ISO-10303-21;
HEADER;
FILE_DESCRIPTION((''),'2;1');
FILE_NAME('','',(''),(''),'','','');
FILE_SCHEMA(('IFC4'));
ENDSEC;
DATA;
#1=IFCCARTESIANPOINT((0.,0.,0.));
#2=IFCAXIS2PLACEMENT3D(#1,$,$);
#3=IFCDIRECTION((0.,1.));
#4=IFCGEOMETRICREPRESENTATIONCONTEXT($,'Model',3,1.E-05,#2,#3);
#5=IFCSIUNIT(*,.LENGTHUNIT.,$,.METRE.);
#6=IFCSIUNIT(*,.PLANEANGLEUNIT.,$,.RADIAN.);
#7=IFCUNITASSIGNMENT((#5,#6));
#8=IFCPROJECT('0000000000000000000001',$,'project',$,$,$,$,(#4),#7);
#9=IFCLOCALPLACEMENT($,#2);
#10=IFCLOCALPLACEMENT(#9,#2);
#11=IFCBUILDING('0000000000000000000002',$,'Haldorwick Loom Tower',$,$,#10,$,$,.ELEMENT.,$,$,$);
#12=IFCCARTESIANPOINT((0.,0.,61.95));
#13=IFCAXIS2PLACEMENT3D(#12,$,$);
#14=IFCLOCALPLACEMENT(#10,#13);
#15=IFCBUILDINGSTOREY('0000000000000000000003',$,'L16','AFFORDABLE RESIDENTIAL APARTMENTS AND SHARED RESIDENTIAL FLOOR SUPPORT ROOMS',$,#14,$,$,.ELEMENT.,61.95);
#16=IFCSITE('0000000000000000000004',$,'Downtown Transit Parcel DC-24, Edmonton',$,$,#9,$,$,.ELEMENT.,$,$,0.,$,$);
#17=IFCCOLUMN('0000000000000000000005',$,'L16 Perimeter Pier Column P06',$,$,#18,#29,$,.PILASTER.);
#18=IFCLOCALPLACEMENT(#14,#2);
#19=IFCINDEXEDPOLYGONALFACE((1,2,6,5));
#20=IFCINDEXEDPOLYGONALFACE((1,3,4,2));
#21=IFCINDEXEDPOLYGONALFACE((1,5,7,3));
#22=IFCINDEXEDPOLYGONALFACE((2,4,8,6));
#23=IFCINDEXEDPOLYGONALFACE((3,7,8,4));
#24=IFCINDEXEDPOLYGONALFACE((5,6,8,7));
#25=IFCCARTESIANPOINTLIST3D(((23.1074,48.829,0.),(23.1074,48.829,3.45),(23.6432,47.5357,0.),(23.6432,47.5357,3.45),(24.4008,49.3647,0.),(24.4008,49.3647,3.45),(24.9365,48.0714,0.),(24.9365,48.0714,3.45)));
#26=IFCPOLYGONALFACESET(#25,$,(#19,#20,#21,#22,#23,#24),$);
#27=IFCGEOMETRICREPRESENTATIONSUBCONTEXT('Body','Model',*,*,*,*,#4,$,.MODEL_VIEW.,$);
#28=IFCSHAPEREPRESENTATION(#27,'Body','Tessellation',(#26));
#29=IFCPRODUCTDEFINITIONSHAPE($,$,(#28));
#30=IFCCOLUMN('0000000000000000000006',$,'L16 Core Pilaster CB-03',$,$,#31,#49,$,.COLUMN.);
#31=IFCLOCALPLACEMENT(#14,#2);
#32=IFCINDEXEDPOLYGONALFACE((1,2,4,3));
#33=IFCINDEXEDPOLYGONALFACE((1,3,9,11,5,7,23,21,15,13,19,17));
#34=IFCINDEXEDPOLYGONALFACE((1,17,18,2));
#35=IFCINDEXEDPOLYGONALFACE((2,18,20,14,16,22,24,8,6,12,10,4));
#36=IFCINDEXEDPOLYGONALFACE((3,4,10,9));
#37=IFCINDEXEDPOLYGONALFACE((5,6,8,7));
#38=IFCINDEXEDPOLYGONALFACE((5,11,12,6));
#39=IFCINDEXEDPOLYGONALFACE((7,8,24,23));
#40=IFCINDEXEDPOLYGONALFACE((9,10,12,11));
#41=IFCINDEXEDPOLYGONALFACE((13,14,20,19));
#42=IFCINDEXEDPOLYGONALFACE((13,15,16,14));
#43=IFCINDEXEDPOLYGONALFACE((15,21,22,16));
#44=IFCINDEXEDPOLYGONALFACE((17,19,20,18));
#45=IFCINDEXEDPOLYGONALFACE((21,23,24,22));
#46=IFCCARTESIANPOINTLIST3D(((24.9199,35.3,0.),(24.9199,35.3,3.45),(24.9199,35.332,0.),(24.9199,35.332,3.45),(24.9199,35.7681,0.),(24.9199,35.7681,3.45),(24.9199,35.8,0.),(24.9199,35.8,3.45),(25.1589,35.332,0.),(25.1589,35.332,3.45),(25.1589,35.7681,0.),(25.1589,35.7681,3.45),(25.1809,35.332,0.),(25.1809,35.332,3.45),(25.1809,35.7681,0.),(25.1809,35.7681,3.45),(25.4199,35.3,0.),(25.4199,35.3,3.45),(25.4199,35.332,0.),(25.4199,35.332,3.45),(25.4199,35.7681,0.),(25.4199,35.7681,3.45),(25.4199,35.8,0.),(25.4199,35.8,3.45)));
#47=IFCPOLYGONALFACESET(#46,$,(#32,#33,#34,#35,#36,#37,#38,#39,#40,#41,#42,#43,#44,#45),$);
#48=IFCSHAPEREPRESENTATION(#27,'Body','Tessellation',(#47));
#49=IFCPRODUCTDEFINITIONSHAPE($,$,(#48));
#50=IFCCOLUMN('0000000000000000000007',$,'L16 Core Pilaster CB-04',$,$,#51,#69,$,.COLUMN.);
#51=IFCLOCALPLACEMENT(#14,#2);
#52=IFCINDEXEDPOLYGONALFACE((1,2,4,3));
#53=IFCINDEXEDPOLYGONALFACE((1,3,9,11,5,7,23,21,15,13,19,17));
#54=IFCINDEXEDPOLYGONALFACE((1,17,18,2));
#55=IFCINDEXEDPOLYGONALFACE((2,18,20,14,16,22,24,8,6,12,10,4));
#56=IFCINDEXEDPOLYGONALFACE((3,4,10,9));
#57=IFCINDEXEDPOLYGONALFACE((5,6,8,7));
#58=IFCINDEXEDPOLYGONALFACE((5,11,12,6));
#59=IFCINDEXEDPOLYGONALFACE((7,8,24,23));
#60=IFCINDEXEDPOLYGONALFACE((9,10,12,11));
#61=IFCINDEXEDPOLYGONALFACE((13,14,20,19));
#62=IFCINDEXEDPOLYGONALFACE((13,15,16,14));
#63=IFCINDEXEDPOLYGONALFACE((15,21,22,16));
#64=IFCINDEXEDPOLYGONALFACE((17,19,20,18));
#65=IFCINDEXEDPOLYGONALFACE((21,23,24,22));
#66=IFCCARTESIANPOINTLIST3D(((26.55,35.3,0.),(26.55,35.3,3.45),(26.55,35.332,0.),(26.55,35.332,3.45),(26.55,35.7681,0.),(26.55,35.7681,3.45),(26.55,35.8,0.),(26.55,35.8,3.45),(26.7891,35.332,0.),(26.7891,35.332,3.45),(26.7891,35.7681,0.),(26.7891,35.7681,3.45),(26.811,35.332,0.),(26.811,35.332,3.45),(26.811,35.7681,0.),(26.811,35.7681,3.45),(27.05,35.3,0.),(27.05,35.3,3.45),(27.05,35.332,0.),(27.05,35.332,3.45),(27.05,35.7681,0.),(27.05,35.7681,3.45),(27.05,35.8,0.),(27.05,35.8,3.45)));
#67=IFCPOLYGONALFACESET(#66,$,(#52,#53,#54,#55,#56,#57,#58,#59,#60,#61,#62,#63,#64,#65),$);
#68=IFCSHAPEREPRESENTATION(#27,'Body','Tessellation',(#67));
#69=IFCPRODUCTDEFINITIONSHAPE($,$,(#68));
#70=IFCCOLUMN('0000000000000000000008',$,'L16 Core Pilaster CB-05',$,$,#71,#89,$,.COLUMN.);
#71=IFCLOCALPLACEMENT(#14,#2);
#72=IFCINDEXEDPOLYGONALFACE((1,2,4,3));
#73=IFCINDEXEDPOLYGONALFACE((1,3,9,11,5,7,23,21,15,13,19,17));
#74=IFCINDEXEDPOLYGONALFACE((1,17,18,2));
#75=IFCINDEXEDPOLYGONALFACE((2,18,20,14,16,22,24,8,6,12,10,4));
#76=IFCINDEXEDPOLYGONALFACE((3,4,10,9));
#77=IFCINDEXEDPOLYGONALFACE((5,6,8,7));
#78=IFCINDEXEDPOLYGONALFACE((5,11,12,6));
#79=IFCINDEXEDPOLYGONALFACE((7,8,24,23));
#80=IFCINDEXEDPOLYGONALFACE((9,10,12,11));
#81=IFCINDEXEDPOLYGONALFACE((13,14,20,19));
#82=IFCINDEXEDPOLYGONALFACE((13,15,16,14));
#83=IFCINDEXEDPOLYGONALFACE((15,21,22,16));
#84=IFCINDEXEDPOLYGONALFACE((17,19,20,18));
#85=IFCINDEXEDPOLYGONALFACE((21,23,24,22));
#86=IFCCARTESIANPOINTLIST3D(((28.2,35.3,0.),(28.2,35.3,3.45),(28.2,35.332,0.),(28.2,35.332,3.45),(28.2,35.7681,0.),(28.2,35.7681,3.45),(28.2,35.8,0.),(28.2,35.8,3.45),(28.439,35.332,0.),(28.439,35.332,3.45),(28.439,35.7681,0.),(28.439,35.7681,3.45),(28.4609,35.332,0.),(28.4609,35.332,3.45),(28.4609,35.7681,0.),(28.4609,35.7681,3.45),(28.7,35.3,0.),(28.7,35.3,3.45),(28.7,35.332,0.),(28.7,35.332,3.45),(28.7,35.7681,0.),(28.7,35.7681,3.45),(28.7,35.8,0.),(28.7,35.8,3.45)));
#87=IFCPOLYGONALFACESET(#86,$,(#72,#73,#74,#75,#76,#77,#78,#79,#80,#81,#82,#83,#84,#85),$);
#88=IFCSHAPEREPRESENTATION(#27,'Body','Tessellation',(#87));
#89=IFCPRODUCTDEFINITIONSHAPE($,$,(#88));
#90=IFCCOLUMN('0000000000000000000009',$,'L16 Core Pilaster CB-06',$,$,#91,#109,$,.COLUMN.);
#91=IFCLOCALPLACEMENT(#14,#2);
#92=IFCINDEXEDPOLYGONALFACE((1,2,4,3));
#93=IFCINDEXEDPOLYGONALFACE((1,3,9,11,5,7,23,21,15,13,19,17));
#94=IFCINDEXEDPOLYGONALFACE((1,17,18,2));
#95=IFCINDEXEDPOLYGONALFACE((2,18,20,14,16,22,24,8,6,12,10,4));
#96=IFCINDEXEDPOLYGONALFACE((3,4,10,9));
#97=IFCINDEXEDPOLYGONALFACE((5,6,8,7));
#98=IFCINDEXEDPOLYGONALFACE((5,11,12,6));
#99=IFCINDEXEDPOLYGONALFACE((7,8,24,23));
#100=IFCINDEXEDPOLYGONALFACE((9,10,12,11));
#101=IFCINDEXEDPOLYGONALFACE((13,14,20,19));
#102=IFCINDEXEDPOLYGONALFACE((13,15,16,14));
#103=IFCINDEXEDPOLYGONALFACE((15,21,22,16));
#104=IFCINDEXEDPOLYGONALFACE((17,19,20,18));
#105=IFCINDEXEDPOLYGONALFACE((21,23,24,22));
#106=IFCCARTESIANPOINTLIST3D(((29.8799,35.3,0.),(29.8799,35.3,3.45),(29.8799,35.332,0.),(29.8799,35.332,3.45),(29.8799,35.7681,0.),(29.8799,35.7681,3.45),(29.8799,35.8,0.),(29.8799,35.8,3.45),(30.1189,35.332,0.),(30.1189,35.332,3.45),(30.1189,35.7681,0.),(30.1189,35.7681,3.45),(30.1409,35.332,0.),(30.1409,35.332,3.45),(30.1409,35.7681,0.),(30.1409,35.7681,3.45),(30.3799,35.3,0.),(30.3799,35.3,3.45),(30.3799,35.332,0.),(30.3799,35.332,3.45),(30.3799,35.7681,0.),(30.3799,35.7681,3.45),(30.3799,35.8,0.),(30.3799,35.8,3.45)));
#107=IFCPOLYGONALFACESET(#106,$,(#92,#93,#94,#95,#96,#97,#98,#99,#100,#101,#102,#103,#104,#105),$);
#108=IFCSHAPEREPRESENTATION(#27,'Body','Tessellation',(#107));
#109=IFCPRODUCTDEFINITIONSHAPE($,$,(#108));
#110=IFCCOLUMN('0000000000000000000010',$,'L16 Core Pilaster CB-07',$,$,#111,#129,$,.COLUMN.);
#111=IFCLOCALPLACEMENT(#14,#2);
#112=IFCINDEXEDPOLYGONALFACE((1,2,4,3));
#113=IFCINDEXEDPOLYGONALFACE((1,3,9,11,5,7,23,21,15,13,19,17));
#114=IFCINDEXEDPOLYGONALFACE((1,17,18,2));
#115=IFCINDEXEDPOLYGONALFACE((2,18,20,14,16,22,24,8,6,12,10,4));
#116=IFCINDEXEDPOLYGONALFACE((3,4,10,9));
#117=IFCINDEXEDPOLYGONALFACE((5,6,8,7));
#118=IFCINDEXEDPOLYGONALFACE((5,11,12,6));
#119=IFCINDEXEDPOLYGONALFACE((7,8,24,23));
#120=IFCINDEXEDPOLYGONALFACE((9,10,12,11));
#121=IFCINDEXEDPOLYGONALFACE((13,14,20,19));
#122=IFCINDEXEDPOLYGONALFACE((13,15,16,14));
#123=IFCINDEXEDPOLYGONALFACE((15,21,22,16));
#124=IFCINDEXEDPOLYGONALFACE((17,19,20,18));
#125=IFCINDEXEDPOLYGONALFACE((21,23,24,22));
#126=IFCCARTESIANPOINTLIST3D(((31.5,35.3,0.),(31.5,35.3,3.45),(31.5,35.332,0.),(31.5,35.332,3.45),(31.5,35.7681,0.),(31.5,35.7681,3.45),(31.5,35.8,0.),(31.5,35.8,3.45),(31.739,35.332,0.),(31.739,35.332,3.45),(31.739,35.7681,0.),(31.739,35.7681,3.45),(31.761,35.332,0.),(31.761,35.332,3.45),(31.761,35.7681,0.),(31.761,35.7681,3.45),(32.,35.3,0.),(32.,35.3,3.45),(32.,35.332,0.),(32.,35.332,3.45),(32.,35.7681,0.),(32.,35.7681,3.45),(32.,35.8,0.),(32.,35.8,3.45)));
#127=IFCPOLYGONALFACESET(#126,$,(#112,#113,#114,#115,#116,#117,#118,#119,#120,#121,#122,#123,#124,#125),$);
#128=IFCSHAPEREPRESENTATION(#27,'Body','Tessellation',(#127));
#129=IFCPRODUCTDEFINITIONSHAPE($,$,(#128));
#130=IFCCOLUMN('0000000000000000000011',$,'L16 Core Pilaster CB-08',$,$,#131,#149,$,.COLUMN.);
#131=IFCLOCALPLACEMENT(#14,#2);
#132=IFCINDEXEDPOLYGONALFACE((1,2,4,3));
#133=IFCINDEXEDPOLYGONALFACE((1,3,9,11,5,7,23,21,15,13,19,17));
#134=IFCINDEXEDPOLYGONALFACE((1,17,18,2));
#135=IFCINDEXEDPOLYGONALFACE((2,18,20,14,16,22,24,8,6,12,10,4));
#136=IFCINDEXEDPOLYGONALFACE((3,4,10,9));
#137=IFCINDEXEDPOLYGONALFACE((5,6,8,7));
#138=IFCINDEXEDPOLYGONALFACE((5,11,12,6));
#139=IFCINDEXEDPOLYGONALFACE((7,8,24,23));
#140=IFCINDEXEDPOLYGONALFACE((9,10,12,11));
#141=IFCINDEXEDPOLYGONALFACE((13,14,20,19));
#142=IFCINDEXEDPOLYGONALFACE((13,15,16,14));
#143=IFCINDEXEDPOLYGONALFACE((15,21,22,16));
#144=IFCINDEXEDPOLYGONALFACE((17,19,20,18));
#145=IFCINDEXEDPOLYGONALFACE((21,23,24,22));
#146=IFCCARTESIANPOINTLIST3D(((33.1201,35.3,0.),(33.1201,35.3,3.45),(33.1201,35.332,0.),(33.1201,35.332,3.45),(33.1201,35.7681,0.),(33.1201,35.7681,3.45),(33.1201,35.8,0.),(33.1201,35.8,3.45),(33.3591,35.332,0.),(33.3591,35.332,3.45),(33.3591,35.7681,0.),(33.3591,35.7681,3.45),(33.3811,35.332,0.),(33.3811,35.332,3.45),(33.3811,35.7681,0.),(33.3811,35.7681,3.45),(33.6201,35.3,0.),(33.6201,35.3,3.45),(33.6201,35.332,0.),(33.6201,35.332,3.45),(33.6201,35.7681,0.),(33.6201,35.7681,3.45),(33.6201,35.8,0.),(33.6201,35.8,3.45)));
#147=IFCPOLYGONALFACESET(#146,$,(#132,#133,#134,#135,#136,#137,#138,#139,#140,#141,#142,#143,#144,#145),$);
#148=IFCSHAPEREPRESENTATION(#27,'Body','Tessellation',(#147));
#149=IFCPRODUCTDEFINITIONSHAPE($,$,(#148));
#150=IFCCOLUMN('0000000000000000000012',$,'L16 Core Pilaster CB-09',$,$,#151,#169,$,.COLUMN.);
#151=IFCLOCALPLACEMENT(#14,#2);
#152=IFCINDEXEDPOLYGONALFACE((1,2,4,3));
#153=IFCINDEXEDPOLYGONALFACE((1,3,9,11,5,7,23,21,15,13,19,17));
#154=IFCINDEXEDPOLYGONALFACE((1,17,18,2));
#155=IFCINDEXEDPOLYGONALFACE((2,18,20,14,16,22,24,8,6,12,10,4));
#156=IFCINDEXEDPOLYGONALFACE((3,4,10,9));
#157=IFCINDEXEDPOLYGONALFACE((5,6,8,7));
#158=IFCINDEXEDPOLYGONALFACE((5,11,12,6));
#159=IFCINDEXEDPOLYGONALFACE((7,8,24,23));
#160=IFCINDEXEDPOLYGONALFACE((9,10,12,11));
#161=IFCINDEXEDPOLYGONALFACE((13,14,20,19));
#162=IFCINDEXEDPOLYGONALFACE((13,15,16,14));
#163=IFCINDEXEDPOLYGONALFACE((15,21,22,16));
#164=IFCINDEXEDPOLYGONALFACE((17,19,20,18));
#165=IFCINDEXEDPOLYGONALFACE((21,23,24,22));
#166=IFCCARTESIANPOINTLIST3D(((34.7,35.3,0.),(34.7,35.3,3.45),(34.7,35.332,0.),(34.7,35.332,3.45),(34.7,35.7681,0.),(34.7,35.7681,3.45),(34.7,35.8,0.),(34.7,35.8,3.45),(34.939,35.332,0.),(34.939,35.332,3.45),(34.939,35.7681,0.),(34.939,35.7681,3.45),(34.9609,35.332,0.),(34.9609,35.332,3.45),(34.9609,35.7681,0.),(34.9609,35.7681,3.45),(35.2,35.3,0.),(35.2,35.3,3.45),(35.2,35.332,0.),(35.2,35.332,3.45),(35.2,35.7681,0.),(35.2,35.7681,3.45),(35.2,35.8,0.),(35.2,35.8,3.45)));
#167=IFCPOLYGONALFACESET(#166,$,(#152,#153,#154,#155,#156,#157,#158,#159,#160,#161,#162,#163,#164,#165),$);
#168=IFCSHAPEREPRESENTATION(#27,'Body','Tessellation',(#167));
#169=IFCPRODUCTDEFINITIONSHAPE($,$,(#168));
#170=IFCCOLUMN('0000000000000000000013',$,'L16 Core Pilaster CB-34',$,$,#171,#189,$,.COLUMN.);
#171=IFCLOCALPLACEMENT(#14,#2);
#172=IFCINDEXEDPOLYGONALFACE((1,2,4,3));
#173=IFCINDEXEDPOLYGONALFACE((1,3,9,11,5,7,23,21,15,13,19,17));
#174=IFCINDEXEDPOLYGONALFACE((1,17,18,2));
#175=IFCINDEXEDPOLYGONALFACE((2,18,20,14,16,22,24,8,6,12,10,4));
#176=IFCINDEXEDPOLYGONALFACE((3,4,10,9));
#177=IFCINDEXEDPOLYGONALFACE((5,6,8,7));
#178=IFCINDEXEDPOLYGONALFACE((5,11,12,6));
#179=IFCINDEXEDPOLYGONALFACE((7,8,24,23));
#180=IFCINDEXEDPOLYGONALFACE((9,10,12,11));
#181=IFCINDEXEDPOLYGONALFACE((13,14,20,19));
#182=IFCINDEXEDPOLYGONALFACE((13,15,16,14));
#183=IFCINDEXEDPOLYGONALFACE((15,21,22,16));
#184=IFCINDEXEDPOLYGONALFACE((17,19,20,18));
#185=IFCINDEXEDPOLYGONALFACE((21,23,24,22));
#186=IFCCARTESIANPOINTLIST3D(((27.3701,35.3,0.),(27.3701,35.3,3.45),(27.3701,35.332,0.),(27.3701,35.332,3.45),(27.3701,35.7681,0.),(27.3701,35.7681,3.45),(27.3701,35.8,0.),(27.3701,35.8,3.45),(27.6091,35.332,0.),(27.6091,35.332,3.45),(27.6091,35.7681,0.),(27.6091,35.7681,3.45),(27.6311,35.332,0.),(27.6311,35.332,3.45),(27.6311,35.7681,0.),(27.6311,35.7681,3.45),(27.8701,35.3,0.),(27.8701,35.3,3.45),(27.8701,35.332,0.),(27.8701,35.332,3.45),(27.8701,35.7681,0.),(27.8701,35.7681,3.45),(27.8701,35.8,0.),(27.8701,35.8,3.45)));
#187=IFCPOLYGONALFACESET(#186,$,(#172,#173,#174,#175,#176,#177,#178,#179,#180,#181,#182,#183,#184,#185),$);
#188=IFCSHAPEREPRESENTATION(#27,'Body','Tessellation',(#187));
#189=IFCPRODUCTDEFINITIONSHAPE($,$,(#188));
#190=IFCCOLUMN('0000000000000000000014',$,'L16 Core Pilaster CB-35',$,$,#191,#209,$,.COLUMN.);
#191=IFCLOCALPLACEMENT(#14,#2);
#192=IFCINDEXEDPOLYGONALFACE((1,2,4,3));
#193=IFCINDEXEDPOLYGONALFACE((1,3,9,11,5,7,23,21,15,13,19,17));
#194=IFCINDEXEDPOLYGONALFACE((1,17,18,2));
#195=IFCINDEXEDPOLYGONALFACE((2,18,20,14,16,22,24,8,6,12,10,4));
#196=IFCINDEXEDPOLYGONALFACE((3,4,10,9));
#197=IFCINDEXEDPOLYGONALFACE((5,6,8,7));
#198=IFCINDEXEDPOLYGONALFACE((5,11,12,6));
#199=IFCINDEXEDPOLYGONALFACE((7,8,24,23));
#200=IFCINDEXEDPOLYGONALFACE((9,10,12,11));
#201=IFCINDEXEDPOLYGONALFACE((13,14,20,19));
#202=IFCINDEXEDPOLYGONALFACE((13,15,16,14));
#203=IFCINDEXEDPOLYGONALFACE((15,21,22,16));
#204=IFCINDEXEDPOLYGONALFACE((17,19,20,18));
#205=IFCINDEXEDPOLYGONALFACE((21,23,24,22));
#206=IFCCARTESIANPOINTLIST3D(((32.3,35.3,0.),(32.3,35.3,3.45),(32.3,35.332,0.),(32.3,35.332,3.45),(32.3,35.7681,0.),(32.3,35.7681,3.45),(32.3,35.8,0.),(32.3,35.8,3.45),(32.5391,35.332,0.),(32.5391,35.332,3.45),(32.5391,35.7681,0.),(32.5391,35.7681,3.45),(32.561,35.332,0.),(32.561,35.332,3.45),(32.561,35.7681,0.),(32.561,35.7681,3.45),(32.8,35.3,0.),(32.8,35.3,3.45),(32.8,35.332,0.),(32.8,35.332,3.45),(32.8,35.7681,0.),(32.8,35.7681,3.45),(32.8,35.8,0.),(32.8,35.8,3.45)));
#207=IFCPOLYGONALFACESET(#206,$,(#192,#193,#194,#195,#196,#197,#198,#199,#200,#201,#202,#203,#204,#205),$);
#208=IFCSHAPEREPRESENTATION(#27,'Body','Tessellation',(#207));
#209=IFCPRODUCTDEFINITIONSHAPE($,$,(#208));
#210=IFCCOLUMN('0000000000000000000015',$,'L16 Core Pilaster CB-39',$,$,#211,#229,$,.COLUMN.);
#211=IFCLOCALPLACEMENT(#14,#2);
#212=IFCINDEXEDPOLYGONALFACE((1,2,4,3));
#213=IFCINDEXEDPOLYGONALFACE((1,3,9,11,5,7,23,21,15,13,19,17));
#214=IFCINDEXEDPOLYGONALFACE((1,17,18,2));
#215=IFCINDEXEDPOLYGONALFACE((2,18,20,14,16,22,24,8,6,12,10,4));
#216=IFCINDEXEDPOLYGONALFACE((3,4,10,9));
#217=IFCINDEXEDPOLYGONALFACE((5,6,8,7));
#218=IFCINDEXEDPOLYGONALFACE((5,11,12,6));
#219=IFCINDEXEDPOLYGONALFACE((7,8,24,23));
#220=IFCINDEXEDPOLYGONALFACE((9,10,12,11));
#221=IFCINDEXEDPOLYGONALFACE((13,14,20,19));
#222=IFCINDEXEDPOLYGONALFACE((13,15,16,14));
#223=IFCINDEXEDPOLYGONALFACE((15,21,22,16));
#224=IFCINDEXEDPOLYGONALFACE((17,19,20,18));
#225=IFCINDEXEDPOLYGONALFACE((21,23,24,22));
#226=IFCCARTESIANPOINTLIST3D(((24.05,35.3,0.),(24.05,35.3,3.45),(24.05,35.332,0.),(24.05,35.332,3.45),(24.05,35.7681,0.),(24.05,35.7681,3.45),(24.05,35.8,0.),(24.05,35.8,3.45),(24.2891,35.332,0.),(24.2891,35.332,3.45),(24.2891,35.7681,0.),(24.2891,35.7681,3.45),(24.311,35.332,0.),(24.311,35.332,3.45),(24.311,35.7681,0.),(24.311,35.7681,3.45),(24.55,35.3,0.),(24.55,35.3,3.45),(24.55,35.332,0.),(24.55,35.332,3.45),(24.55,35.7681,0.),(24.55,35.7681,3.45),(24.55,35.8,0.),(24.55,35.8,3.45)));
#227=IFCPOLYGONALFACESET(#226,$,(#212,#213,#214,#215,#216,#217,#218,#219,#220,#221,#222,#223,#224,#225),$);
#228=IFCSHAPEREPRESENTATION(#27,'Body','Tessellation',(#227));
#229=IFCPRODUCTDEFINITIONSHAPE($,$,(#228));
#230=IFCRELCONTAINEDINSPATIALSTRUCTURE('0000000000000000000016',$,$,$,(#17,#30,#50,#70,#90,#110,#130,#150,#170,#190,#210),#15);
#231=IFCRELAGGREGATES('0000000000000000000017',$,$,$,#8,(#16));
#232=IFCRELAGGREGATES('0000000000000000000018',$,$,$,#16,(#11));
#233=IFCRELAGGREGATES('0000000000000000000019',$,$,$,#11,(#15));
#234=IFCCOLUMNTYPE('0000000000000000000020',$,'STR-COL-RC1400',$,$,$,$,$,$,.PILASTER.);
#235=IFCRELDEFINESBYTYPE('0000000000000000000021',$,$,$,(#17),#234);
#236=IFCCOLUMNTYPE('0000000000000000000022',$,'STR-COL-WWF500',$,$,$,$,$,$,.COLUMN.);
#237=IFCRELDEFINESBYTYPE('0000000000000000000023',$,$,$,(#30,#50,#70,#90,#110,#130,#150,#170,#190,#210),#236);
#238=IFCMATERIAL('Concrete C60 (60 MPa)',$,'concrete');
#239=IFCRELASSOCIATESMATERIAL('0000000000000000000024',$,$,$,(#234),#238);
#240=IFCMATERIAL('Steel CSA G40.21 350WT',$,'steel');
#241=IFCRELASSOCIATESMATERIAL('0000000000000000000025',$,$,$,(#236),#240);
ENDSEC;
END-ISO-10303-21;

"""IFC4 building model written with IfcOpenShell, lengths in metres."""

from ifc_helpers import new_model, si_unit, direction, frame, origin, origin_2d, place, context, subcontext, project, spatial, rectangle, i_section, extrude, material, material_profile, profile_set, type_object, element, save


model = new_model("IFC4")

# Units and contexts
model_context = context("Model", 3, precision=1e-05, world=origin(), true_north=direction((0.0, 1.0)))
body_context = subcontext(model_context, "Body", "Model", "MODEL_VIEW")
ifc_project = project(units=[si_unit("LENGTHUNIT", "METRE"), si_unit("PLANEANGLEUNIT", "RADIAN")], contexts=[model_context])

# Site, building, storey
site_placement = place(None, origin())
site = spatial("IfcSite", under=ifc_project, at=site_placement, Name="Downtown Transit Parcel DC-24, Edmonton", CompositionType="ELEMENT", RefElevation=0.0)
building_placement = place(site_placement, origin())
building = spatial("IfcBuilding", under=site, at=building_placement, Name="Haldorwick Loom Tower", CompositionType="ELEMENT")
storey_placement = place(building_placement, frame((0.0, 0.0, 61.95)))
storey = spatial("IfcBuildingStorey", under=building, at=storey_placement, Name="L16", Description="AFFORDABLE RESIDENTIAL APARTMENTS AND SHARED RESIDENTIAL FLOOR SUPPORT ROOMS", CompositionType="ELEMENT", Elevation=61.95)

# Columns
ifc_material_1 = material(Name="Concrete C60 (60 MPa)", Category="concrete")
ifc_material_profile_1 = material_profile(ifc_material_1, rectangle(XDim=1.3999, YDim=1.3999, at=origin_2d()), Name="RC1400X1400", Category="concrete")
ifc_profile_set_1 = profile_set([ifc_material_profile_1], Name="Concrete C60 (60 MPa)")
column_type_1 = type_object("IfcColumnType", Name="STR-COL-RC1400", PredefinedType="PILASTER", material=ifc_profile_set_1)
column_placement = place(storey_placement, frame((24.022, 48.4502, 0.0), z_axis=(0.0, 0.0, 1.0), x_axis=(-0.382683, 0.92388, 0.0)))
element("IfcColumn", 1, at=column_placement, inside=storey, type_object=column_type_1, Name="L16 Perimeter Pier Column P06", PredefinedType="PILASTER", context=body_context, shape_type="SweptSolid", body=[
    extrude(rectangle(XDim=1.3999, YDim=1.3999, at=origin_2d()), origin(), (0.0, 0.0, 1.0), 3.45),
])
ifc_material_2 = material(Name="Steel CSA G40.21 350WT", Category="steel")
ifc_material_profile_2 = material_profile(ifc_material_2, i_section(OverallWidth=0.5, OverallDepth=0.5, WebThickness=0.022, FlangeThickness=0.032, at=origin_2d()), Name="WWF500X500", Category="steel")
ifc_profile_set_2 = profile_set([ifc_material_profile_2], Name="Steel CSA G40.21 350WT")
column_type_2 = type_object("IfcColumnType", Name="STR-COL-WWF500", PredefinedType="COLUMN", material=ifc_profile_set_2)
for number, where, z_axis, x_axis, name in (
    (2, (25.1699, 35.55, 0.0), (0.0, 0.0, 1.0), (1.0, 0.0, 0.0), "L16 Core Pilaster CB-03"),
    (3, (26.8, 35.55, 0.0), (0.0, 0.0, 1.0), (1.0, 0.0, 0.0), "L16 Core Pilaster CB-04"),
    (4, (28.45, 35.55, 0.0), (0.0, 0.0, 1.0), (1.0, 0.0, 0.0), "L16 Core Pilaster CB-05"),
    (5, (30.1299, 35.55, 0.0), (0.0, 0.0, 1.0), (1.0, 0.0, 0.0), "L16 Core Pilaster CB-06"),
    (6, (31.75, 35.55, 0.0), (0.0, 0.0, 1.0), (1.0, 0.0, 0.0), "L16 Core Pilaster CB-07"),
    (7, (33.3701, 35.55, 0.0), (0.0, 0.0, 1.0), (1.0, 0.0, 0.0), "L16 Core Pilaster CB-08"),
    (8, (34.95, 35.55, 0.0), (0.0, 0.0, 1.0), (1.0, 0.0, 0.0), "L16 Core Pilaster CB-09"),
    (9, (27.6201, 35.55, 0.0), (0.0, 0.0, 1.0), (1.0, 0.0, 0.0), "L16 Core Pilaster CB-34"),
    (10, (32.55, 35.55, 0.0), (0.0, 0.0, 1.0), (1.0, 0.0, 0.0), "L16 Core Pilaster CB-35"),
    (11, (24.3, 35.55, 0.0), (0.0, 0.0, 1.0), (1.0, 0.0, 0.0), "L16 Core Pilaster CB-39"),
):
    element("IfcColumn", number, at=place(storey_placement, frame(where, z_axis=z_axis, x_axis=x_axis)), inside=storey, type_object=column_type_2, Name=name, PredefinedType="COLUMN", context=body_context, shape_type="SweptSolid", body=[
        extrude(i_section(OverallWidth=0.5, OverallDepth=0.5, WebThickness=0.022, FlangeThickness=0.032, at=origin_2d()), origin(), (0.0, 0.0, 1.0), 3.45),
    ])

save(model, "model.ifc")
